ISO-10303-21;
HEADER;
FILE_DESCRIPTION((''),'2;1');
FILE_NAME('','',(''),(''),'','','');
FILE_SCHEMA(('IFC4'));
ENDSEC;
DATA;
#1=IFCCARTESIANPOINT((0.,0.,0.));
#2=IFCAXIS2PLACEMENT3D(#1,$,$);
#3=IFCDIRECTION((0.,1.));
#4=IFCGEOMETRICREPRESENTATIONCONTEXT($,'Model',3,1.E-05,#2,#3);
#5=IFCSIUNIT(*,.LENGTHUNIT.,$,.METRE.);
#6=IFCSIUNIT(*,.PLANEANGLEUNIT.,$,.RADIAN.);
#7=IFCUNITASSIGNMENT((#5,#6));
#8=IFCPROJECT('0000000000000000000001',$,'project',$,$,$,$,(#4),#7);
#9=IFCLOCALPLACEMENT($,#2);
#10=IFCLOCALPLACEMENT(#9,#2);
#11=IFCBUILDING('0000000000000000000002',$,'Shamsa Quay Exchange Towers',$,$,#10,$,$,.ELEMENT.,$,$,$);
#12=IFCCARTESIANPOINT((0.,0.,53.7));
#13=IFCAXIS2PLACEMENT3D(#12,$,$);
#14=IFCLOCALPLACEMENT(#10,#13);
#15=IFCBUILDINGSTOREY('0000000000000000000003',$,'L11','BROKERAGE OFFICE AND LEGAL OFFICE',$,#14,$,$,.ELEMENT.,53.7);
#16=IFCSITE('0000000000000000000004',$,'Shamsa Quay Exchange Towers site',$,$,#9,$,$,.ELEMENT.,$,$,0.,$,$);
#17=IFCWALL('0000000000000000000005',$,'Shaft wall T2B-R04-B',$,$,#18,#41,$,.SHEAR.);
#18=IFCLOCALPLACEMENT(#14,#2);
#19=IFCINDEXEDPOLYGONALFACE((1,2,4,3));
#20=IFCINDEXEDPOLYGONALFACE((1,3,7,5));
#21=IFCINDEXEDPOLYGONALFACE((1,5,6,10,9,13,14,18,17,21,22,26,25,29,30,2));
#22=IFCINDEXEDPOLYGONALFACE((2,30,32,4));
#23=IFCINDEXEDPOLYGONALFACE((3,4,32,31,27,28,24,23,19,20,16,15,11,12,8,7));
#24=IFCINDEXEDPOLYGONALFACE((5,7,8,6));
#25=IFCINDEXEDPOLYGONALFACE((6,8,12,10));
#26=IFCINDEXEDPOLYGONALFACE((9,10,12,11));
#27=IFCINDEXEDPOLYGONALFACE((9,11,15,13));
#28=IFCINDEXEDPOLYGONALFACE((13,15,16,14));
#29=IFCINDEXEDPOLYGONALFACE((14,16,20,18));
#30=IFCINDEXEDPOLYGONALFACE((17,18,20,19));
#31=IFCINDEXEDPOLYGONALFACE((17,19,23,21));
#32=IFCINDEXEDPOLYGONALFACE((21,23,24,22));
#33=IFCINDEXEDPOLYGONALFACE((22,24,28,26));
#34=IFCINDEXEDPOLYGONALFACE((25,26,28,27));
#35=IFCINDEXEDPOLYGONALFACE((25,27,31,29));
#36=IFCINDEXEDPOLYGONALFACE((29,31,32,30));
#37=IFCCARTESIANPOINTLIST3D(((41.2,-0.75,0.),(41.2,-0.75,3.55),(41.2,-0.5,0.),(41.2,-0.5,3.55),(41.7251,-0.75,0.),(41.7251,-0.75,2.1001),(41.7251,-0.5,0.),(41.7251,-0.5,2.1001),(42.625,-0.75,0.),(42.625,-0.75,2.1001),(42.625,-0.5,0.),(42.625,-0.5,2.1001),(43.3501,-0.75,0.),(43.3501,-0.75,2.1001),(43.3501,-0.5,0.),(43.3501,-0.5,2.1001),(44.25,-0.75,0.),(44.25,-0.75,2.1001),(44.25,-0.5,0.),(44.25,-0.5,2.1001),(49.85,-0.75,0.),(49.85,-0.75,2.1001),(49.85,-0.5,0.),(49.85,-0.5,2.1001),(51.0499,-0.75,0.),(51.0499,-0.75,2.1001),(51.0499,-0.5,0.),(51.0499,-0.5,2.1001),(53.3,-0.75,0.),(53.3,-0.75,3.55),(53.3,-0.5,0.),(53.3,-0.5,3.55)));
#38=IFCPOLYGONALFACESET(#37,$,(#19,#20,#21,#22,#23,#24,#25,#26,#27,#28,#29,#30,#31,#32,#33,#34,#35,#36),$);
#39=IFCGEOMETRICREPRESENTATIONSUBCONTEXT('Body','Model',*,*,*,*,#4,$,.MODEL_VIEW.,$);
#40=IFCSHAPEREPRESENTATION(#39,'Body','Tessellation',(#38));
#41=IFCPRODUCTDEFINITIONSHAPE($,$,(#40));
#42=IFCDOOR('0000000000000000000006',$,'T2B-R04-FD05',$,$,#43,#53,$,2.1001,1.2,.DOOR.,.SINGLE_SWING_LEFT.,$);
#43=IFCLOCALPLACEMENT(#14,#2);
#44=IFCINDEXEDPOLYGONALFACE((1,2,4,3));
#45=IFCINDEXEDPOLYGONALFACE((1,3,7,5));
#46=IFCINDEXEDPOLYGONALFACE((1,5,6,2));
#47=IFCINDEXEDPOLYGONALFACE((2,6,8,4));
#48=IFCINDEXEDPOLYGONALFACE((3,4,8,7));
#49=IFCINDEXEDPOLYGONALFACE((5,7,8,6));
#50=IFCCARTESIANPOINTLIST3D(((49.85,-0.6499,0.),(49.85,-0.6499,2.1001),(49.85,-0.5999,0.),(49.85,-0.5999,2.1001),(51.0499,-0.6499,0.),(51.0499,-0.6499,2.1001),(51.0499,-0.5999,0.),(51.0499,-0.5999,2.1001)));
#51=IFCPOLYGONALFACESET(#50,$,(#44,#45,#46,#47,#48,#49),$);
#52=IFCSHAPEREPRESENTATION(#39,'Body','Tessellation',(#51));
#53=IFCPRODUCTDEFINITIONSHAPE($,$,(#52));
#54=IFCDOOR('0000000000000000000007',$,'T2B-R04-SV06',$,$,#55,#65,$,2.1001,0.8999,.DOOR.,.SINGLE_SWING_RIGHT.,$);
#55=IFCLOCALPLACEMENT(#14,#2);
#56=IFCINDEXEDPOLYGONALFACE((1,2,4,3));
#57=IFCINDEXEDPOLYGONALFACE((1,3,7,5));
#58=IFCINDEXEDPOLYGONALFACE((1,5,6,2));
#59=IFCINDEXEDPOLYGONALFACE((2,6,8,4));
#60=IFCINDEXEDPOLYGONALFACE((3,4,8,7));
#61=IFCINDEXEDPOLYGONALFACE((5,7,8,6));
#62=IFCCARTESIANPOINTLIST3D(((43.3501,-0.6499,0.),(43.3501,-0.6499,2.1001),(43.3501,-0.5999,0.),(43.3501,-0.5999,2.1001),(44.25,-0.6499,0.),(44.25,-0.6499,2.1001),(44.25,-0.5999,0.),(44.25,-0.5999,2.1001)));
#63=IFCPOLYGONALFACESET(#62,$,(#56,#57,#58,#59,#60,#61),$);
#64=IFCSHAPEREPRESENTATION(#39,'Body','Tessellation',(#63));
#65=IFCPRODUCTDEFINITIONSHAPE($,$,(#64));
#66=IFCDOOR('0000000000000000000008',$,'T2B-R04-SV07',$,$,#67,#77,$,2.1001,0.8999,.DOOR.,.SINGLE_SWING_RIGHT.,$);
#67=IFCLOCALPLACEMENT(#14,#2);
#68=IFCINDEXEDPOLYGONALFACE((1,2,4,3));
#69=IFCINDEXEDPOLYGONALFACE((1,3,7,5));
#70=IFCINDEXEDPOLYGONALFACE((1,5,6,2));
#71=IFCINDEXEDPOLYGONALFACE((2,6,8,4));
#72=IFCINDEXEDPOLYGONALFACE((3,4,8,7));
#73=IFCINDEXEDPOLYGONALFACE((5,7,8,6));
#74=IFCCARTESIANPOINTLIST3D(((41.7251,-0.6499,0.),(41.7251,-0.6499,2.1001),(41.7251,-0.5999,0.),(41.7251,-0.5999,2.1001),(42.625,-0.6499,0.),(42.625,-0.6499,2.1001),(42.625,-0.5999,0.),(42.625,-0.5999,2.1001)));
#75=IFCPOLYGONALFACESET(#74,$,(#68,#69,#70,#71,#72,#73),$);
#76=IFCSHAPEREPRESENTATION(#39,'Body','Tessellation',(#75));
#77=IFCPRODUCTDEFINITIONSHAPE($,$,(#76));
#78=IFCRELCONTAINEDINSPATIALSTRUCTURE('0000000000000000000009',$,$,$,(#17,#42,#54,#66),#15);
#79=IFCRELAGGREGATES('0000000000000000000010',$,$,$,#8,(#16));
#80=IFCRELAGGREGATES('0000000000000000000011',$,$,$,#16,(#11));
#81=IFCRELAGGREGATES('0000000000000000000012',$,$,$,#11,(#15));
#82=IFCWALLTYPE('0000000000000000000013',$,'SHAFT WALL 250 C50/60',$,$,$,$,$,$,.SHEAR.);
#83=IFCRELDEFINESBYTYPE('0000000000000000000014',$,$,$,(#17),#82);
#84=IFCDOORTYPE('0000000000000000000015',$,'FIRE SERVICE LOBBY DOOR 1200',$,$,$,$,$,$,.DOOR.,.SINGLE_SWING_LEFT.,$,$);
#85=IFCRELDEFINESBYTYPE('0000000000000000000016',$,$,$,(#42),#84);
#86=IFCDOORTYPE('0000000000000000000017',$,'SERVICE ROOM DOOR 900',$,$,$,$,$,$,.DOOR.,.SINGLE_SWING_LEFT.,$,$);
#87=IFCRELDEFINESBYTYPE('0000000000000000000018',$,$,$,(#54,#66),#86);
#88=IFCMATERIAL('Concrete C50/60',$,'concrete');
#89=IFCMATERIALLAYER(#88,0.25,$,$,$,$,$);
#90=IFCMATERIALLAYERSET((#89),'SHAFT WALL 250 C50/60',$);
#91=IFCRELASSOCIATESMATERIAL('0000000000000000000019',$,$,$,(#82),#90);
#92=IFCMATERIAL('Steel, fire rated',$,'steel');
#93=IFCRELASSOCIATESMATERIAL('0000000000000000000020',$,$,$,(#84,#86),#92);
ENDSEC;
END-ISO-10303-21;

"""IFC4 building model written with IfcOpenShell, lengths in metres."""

from ifc_helpers import new_model, si_unit, direction, frame, frame_2d, origin, place, context, subcontext, project, spatial, rectangle, extrude, material, layer, layer_set, type_object, element, fill, save


model = new_model("IFC4")

# Units and contexts
model_context = context("Model", 3, precision=1e-05, world=origin(), true_north=direction((0.0, 1.0)))
body_context = subcontext(model_context, "Body", "Model", "MODEL_VIEW")
ifc_project = project(units=[si_unit("LENGTHUNIT", "METRE"), si_unit("PLANEANGLEUNIT", "RADIAN")], contexts=[model_context])

# Site, building, storey
site_placement = place(None, origin())
site = spatial("IfcSite", under=ifc_project, at=site_placement, Name="Shamsa Quay Exchange Towers site", CompositionType="ELEMENT", RefElevation=0.0)
building_placement = place(site_placement, origin())
building = spatial("IfcBuilding", under=site, at=building_placement, Name="Shamsa Quay Exchange Towers", CompositionType="ELEMENT")
storey_placement = place(building_placement, frame((0.0, 0.0, 53.7)))
storey = spatial("IfcBuildingStorey", under=building, at=storey_placement, Name="L11", Description="BROKERAGE OFFICE AND LEGAL OFFICE", CompositionType="ELEMENT", Elevation=53.7)

# Shared definitions
ifc_material_1 = material(Name="Steel, fire rated", Category="steel")

# Shared definitions
ifc_material_2 = material(Name="Concrete C50/60", Category="concrete")
ifc_layer_1 = layer(ifc_material_2, 0.25)
ifc_layer_set_1 = layer_set([ifc_layer_1], Name="SHAFT WALL 250 C50/60")
wall_type_1 = type_object("IfcWallType", Name="SHAFT WALL 250 C50/60", PredefinedType="SHEAR", material=ifc_layer_set_1)

# Wall, openings, doors
wall_1_placement = place(storey_placement, frame((53.3, -0.625, 0.0), z_axis=(0.0, 0.0, 1.0), x_axis=(-1.0, 0.0, 0.0)))
wall_1 = element("IfcWall", 1, at=wall_1_placement, inside=storey, type_object=wall_type_1, Name="Shaft wall T2B-R04-B", PredefinedType="SHEAR", context=body_context, shape_type="SweptSolid", body=[
    extrude(rectangle(XDim=12.1001, YDim=0.25, at=frame_2d((6.05, 0.0))), origin(), (0.0, 0.0, 1.0), 3.55),
])
opening_1_placement = place(wall_1_placement, frame((2.25, 0.0, 0.0)))
opening_1 = element("IfcOpeningElement", 2, at=opening_1_placement, cuts=wall_1, PredefinedType="OPENING", context=body_context, shape_type="SweptSolid", body=[
    extrude(rectangle(XDim=1.2, YDim=2.1001, at=frame_2d((0.6001, 1.05))), frame((0.0, 0.135, 0.0), z_axis=(0.0, -1.0, 0.0), x_axis=(1.0, 0.0, 0.0)), (0.0, 0.0, 1.0), 0.27),
])
opening_2_placement = place(wall_1_placement, frame((9.05, 0.0, 0.0)))
opening_2 = element("IfcOpeningElement", 3, at=opening_2_placement, cuts=wall_1, PredefinedType="OPENING", context=body_context, shape_type="SweptSolid", body=[
    extrude(rectangle(XDim=0.8999, YDim=2.1001, at=frame_2d((0.45, 1.05))), frame((0.0, 0.135, 0.0), z_axis=(0.0, -1.0, 0.0), x_axis=(1.0, 0.0, 0.0)), (0.0, 0.0, 1.0), 0.27),
])
opening_3_placement = place(wall_1_placement, frame((10.675, 0.0, 0.0)))
opening_3 = element("IfcOpeningElement", 4, at=opening_3_placement, cuts=wall_1, PredefinedType="OPENING", context=body_context, shape_type="SweptSolid", body=[
    extrude(rectangle(XDim=0.8999, YDim=2.1001, at=frame_2d((0.45, 1.05))), frame((0.0, 0.135, 0.0), z_axis=(0.0, -1.0, 0.0), x_axis=(1.0, 0.0, 0.0)), (0.0, 0.0, 1.0), 0.27),
])
door_type_1 = type_object("IfcDoorType", Name="FIRE SERVICE LOBBY DOOR 1200", OperationType="SINGLE_SWING_LEFT", PredefinedType="DOOR", material=ifc_material_1)
door_1_placement = place(opening_1_placement, origin())
door_1 = element("IfcDoor", 5, at=door_1_placement, inside=storey, type_object=door_type_1, Name="T2B-R04-FD05", OperationType="SINGLE_SWING_LEFT", OverallHeight=2.1001, OverallWidth=1.2, PredefinedType="DOOR", context=body_context, shape_type="SweptSolid", body=[
    extrude(rectangle(XDim=1.2, YDim=2.1001, at=frame_2d((0.6001, 1.05))), frame((0.0, 0.0249, 0.0), z_axis=(0.0, -1.0, 0.0), x_axis=(1.0, 0.0, 0.0)), (0.0, 0.0, 1.0), 0.05),
])
fill(opening_1, door_1)
door_type_2 = type_object("IfcDoorType", Name="SERVICE ROOM DOOR 900", OperationType="SINGLE_SWING_LEFT", PredefinedType="DOOR", material=ifc_material_1)
door_2_placement = place(opening_2_placement, origin())
door_2 = element("IfcDoor", 6, at=door_2_placement, inside=storey, type_object=door_type_2, Name="T2B-R04-SV06", OperationType="SINGLE_SWING_RIGHT", OverallHeight=2.1001, OverallWidth=0.8999, PredefinedType="DOOR", context=body_context, shape_type="SweptSolid", body=[
    extrude(rectangle(XDim=0.8999, YDim=2.1001, at=frame_2d((0.45, 1.05))), frame((0.0, 0.0249, 0.0), z_axis=(0.0, -1.0, 0.0), x_axis=(1.0, 0.0, 0.0)), (0.0, 0.0, 1.0), 0.05),
])
fill(opening_2, door_2)
door_3_placement = place(opening_3_placement, origin())
door_3 = element("IfcDoor", 7, at=door_3_placement, inside=storey, type_object=door_type_2, Name="T2B-R04-SV07", OperationType="SINGLE_SWING_RIGHT", OverallHeight=2.1001, OverallWidth=0.8999, PredefinedType="DOOR", context=body_context, shape_type="SweptSolid", body=[
    extrude(rectangle(XDim=0.8999, YDim=2.1001, at=frame_2d((0.45, 1.05))), frame((0.0, 0.0249, 0.0), z_axis=(0.0, -1.0, 0.0), x_axis=(1.0, 0.0, 0.0)), (0.0, 0.0, 1.0), 0.05),
])
fill(opening_3, door_3)

save(model, "model.ifc")
